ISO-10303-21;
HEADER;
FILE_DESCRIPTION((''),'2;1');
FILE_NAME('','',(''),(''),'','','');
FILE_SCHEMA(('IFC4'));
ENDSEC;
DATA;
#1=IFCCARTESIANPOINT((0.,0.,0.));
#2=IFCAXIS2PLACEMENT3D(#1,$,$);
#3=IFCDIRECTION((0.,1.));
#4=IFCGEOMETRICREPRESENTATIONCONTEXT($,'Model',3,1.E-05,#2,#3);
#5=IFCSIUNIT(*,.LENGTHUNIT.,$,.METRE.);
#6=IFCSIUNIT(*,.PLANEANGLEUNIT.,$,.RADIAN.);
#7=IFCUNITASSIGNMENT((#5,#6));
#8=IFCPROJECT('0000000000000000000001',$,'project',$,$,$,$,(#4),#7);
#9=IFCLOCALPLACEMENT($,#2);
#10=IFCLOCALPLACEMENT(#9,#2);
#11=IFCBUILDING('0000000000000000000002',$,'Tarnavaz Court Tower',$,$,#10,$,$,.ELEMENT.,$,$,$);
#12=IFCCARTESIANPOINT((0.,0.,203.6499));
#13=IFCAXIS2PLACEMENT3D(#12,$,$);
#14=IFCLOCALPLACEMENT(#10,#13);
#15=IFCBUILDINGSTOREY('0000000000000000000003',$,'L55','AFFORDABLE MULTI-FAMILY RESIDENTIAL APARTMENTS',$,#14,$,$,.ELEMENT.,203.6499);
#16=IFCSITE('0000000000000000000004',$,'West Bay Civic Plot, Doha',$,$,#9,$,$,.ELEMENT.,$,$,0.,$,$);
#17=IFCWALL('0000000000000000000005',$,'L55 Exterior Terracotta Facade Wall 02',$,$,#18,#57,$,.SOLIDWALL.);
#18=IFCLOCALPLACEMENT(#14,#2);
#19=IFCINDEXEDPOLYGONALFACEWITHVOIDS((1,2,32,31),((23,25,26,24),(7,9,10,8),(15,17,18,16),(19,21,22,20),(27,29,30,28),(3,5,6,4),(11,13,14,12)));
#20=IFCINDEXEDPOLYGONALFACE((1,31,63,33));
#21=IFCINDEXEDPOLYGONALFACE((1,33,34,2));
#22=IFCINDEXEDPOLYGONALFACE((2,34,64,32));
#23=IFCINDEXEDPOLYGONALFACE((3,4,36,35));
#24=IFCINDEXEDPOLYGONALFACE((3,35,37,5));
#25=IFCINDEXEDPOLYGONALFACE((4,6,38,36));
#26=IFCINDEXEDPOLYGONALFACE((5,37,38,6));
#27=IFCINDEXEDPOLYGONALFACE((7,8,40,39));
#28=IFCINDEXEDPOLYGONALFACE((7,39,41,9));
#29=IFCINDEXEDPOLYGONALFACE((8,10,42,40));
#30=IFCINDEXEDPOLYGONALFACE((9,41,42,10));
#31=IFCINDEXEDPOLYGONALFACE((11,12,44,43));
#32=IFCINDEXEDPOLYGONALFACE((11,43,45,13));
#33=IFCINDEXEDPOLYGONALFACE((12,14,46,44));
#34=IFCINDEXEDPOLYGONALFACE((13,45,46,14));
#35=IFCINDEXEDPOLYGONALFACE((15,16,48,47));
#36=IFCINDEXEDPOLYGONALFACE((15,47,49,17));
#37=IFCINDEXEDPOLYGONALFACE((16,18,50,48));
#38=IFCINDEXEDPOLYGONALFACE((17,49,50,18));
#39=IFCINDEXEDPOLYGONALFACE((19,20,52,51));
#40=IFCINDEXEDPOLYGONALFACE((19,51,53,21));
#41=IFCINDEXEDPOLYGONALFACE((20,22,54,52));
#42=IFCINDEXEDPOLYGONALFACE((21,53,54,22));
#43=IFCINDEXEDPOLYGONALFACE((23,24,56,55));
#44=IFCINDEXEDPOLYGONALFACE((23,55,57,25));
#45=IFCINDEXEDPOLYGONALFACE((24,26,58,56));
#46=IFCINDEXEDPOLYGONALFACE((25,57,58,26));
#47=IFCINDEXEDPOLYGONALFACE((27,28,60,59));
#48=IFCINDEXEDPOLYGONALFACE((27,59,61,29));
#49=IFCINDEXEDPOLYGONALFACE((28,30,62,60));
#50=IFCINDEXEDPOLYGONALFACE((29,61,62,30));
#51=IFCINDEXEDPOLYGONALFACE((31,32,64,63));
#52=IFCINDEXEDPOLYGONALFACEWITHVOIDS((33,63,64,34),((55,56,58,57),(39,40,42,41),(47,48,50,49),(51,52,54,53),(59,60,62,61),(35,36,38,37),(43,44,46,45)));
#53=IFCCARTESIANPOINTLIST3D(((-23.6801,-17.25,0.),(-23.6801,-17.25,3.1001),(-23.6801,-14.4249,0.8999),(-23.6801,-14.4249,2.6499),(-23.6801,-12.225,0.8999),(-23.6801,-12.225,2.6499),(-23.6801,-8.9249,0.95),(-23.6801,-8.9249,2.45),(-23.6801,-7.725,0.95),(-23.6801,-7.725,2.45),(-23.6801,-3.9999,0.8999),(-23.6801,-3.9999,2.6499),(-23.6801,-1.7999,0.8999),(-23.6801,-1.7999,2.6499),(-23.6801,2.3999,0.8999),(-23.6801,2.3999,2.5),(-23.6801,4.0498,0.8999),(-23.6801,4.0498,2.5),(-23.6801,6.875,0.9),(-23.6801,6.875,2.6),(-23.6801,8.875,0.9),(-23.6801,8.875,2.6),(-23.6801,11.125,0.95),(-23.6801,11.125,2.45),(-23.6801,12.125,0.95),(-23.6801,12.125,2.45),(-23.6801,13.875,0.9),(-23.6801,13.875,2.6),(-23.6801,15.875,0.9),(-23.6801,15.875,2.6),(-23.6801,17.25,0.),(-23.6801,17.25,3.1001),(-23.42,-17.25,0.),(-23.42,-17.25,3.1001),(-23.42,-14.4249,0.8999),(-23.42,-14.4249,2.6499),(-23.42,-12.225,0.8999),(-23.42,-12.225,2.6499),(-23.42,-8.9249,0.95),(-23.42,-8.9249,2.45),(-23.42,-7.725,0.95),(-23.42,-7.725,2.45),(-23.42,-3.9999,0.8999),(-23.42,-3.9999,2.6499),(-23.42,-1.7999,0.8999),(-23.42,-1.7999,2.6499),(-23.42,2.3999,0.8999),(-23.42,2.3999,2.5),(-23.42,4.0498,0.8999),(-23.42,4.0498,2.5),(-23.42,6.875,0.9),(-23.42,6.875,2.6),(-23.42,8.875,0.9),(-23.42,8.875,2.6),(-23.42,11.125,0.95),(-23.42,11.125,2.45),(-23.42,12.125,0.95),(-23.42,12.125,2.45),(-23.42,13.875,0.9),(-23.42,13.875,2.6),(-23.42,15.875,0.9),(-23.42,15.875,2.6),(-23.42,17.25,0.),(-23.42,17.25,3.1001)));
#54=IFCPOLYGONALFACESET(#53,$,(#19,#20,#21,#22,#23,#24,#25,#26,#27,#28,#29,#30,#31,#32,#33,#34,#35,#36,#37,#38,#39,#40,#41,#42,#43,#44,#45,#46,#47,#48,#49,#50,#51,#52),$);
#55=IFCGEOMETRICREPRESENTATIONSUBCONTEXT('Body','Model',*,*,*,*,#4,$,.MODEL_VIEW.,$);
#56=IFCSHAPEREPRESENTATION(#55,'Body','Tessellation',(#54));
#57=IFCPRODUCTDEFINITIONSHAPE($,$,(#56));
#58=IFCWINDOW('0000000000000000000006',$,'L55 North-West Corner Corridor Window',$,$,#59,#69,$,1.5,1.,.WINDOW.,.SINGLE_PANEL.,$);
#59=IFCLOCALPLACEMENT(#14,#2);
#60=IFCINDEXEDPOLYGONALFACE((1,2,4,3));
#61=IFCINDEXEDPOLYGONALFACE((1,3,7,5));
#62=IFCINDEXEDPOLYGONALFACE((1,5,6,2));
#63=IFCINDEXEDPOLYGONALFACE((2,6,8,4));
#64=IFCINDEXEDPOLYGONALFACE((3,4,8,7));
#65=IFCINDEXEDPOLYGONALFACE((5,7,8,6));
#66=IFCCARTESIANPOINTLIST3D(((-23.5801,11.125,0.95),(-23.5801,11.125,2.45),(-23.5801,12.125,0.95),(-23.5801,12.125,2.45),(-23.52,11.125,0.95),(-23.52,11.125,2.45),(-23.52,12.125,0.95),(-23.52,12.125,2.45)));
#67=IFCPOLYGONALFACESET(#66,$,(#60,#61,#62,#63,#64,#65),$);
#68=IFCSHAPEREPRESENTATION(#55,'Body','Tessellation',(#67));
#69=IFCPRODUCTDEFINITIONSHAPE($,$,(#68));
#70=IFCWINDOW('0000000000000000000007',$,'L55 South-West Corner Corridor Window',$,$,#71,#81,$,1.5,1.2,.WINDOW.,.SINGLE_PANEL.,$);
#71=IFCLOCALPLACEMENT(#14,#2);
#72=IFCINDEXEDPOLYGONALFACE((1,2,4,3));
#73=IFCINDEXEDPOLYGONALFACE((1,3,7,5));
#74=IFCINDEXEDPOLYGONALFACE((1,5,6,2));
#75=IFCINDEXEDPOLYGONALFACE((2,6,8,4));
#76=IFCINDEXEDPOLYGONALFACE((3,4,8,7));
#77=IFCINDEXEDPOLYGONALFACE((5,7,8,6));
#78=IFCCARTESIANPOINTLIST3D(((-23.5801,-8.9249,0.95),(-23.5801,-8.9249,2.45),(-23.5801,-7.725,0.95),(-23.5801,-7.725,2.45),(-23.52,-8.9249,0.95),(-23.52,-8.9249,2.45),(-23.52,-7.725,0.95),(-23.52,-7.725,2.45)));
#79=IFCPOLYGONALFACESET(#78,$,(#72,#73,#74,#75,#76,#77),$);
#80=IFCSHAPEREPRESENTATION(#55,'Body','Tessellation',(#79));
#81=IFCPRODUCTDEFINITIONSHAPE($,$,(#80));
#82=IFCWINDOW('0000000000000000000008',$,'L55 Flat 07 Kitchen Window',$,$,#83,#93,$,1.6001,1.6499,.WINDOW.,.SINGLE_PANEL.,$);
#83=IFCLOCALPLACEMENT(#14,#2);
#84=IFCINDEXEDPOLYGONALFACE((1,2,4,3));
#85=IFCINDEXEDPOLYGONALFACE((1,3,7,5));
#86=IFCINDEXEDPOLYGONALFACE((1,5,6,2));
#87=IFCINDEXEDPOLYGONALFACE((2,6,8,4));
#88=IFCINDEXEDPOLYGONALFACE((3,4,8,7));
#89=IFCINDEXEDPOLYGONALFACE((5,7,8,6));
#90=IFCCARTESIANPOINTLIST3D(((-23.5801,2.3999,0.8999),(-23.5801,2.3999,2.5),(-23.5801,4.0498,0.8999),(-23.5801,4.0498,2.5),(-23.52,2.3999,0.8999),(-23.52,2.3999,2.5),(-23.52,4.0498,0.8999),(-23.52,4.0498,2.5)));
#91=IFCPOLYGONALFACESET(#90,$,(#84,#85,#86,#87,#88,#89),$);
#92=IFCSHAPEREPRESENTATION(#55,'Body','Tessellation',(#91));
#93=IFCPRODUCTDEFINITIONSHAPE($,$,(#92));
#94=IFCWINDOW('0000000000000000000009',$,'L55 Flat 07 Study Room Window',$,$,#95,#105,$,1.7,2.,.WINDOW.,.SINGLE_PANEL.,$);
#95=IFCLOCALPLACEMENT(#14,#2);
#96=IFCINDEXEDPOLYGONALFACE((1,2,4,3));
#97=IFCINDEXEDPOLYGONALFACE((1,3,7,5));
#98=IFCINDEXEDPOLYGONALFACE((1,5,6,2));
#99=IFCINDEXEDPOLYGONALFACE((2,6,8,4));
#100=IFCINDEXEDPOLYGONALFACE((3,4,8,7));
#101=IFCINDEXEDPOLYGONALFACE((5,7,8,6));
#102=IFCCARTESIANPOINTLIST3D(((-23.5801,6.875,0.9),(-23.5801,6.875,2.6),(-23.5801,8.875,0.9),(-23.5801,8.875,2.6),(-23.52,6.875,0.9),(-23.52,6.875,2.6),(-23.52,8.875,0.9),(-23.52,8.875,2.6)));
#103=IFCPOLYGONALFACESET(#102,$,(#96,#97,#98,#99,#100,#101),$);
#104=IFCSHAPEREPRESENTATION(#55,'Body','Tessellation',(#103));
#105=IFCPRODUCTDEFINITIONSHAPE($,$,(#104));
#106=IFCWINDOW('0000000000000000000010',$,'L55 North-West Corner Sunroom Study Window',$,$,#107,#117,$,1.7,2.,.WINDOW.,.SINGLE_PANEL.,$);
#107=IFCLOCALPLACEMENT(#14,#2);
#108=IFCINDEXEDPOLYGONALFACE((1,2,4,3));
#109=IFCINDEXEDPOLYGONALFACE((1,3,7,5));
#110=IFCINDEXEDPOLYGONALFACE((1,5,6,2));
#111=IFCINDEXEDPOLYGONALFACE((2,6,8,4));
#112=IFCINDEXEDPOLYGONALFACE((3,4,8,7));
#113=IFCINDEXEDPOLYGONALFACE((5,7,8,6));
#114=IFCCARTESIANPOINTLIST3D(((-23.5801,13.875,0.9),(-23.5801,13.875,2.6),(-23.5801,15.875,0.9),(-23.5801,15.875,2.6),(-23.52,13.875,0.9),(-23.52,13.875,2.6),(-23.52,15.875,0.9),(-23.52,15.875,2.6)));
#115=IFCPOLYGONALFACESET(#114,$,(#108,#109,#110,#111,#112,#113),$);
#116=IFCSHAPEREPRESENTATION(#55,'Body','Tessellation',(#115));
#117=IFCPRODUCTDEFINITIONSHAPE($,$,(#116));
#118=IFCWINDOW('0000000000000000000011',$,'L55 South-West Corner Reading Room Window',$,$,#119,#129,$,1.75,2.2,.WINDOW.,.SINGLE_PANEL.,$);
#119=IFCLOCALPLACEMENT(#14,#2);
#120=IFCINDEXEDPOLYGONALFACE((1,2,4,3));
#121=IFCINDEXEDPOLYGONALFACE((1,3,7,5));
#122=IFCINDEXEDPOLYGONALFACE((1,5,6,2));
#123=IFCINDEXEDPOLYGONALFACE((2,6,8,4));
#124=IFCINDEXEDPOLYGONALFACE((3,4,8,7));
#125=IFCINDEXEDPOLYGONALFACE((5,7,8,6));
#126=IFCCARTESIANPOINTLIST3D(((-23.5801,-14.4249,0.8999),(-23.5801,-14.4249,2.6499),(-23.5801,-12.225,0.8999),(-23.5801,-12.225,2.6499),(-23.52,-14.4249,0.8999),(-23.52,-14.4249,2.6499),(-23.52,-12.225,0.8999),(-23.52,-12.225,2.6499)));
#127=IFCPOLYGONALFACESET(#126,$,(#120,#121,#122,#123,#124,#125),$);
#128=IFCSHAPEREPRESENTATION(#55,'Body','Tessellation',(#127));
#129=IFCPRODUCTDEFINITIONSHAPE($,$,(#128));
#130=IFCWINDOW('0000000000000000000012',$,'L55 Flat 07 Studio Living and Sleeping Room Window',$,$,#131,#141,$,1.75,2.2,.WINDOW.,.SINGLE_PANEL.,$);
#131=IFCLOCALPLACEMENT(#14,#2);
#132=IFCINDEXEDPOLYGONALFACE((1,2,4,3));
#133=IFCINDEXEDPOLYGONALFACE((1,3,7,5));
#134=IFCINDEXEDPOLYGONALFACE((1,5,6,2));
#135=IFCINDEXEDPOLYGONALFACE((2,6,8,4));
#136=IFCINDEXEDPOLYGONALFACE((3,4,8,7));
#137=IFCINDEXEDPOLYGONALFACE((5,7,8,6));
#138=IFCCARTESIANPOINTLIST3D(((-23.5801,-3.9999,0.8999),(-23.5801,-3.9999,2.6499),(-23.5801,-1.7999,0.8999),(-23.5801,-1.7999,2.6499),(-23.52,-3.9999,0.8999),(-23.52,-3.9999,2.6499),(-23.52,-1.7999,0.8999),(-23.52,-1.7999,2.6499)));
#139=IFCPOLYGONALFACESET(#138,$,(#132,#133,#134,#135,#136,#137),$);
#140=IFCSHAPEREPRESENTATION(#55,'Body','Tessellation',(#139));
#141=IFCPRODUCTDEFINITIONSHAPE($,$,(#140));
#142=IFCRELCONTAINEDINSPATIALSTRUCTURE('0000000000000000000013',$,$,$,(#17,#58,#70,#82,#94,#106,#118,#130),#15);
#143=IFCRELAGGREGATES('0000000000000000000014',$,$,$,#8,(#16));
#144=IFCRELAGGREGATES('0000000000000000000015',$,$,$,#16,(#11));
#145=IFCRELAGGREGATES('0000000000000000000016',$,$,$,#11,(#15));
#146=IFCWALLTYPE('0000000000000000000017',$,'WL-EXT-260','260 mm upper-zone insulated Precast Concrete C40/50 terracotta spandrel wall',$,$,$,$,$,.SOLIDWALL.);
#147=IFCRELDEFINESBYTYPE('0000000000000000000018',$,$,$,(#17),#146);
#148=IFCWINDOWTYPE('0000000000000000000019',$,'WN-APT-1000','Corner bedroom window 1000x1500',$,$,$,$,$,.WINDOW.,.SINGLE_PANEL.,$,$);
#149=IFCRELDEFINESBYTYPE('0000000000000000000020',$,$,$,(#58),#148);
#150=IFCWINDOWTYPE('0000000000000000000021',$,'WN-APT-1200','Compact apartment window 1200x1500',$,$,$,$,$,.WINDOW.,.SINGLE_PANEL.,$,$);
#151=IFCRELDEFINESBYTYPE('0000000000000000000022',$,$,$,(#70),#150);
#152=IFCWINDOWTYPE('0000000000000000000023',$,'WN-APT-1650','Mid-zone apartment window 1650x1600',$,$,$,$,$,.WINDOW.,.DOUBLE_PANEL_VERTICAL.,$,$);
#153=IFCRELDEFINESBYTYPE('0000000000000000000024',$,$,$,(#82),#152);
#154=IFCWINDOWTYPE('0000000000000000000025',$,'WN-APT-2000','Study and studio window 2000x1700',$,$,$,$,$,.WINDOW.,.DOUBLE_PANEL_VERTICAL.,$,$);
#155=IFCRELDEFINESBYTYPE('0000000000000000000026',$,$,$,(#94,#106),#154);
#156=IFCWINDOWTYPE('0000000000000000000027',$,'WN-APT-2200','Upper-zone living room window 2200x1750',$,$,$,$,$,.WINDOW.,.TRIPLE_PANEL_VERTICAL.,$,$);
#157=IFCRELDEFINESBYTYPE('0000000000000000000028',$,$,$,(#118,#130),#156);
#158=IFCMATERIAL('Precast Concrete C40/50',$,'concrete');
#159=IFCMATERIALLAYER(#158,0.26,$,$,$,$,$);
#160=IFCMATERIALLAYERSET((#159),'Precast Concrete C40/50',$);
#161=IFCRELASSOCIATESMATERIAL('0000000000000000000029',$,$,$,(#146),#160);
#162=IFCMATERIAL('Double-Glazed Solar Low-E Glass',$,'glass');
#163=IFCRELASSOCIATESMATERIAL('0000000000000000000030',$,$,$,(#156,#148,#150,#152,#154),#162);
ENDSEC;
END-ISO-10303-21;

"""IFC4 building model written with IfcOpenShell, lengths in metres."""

from ifc_helpers import new_model, si_unit, direction, frame, frame_2d, origin, place, context, subcontext, project, spatial, rectangle, extrude, material, layer, layer_set, type_object, element, fill, save


model = new_model("IFC4")

# Units and contexts
model_context = context("Model", 3, precision=1e-05, world=origin(), true_north=direction((0.0, 1.0)))
body_context = subcontext(model_context, "Body", "Model", "MODEL_VIEW")
ifc_project = project(units=[si_unit("LENGTHUNIT", "METRE"), si_unit("PLANEANGLEUNIT", "RADIAN")], contexts=[model_context])

# Site, building, storey
site_placement = place(None, origin())
site = spatial("IfcSite", under=ifc_project, at=site_placement, Name="West Bay Civic Plot, Doha", CompositionType="ELEMENT", RefElevation=0.0)
building_placement = place(site_placement, origin())
building = spatial("IfcBuilding", under=site, at=building_placement, Name="Tarnavaz Court Tower", CompositionType="ELEMENT")
storey_placement = place(building_placement, frame((0.0, 0.0, 203.6499)))
storey = spatial("IfcBuildingStorey", under=building, at=storey_placement, Name="L55", Description="AFFORDABLE MULTI-FAMILY RESIDENTIAL APARTMENTS", CompositionType="ELEMENT", Elevation=203.6499)

# Shared definitions
ifc_material_1 = material(Name="Precast Concrete C40/50", Category="concrete")
ifc_layer_1 = layer(ifc_material_1, 0.26)
ifc_layer_set_1 = layer_set([ifc_layer_1], Name="Precast Concrete C40/50")
wall_type_1 = type_object("IfcWallType", Name="WL-EXT-260", Description="260 mm upper-zone insulated Precast Concrete C40/50 terracotta spandrel wall", PredefinedType="SOLIDWALL", material=ifc_layer_set_1)
ifc_material_2 = material(Name="Double-Glazed Solar Low-E Glass", Category="glass")
window_type_1 = type_object("IfcWindowType", Name="WN-APT-2200", Description="Upper-zone living room window 2200x1750", PartitioningType="TRIPLE_PANEL_VERTICAL", PredefinedType="WINDOW", material=ifc_material_2)

# Wall, openings, windows
wall_1_placement = place(storey_placement, frame((-23.55, -17.25, 0.0), z_axis=(0.0, 0.0, 1.0), x_axis=(0.0, 1.0, 0.0)))
wall_1 = element("IfcWall", 1, at=wall_1_placement, inside=storey, type_object=wall_type_1, Name="L55 Exterior Terracotta Facade Wall 02", PredefinedType="SOLIDWALL", context=body_context, shape_type="SweptSolid", body=[
    extrude(rectangle(XDim=34.5, YDim=0.26, at=frame_2d((17.25, 0.0))), origin(), (0.0, 0.0, 1.0), 3.1001),
])
opening_1_placement = place(wall_1_placement, frame((2.825, 0.0, 0.8999)))
opening_1 = element("IfcOpeningElement", 2, at=opening_1_placement, cuts=wall_1, PredefinedType="OPENING", context=body_context, shape_type="SweptSolid", body=[
    extrude(rectangle(XDim=2.2, YDim=1.75, at=frame_2d((1.1001, 0.875))), frame((0.0, 0.1399, 0.0), z_axis=(0.0, -1.0, 0.0), x_axis=(1.0, 0.0, 0.0)), (0.0, 0.0, 1.0), 0.28),
])
opening_2_placement = place(wall_1_placement, frame((8.325, 0.0, 0.95)))
opening_2 = element("IfcOpeningElement", 3, at=opening_2_placement, cuts=wall_1, PredefinedType="OPENING", context=body_context, shape_type="SweptSolid", body=[
    extrude(rectangle(XDim=1.2, YDim=1.5, at=frame_2d((0.6001, 0.75))), frame((0.0, 0.1399, 0.0), z_axis=(0.0, -1.0, 0.0), x_axis=(1.0, 0.0, 0.0)), (0.0, 0.0, 1.0), 0.28),
])
opening_3_placement = place(wall_1_placement, frame((13.25, 0.0, 0.8999)))
opening_3 = element("IfcOpeningElement", 4, at=opening_3_placement, cuts=wall_1, PredefinedType="OPENING", context=body_context, shape_type="SweptSolid", body=[
    extrude(rectangle(XDim=2.2, YDim=1.75, at=frame_2d((1.1001, 0.875))), frame((0.0, 0.1399, 0.0), z_axis=(0.0, -1.0, 0.0), x_axis=(1.0, 0.0, 0.0)), (0.0, 0.0, 1.0), 0.28),
])
opening_4_placement = place(wall_1_placement, frame((19.6499, 0.0, 0.8999)))
opening_4 = element("IfcOpeningElement", 5, at=opening_4_placement, cuts=wall_1, PredefinedType="OPENING", context=body_context, shape_type="SweptSolid", body=[
    extrude(rectangle(XDim=1.6499, YDim=1.6001, at=frame_2d((0.825, 0.8))), frame((0.0, 0.1399, 0.0), z_axis=(0.0, -1.0, 0.0), x_axis=(1.0, 0.0, 0.0)), (0.0, 0.0, 1.0), 0.28),
])
opening_5_placement = place(wall_1_placement, frame((24.125, 0.0, 0.8999)))
opening_5 = element("IfcOpeningElement", 6, at=opening_5_placement, cuts=wall_1, PredefinedType="OPENING", context=body_context, shape_type="SweptSolid", body=[
    extrude(rectangle(XDim=2.0, YDim=1.7, at=frame_2d((1.0, 0.8501))), frame((0.0, 0.1399, 0.0), z_axis=(0.0, -1.0, 0.0), x_axis=(1.0, 0.0, 0.0)), (0.0, 0.0, 1.0), 0.28),
])
opening_6_placement = place(wall_1_placement, frame((28.375, 0.0, 0.95)))
opening_6 = element("IfcOpeningElement", 7, at=opening_6_placement, cuts=wall_1, PredefinedType="OPENING", context=body_context, shape_type="SweptSolid", body=[
    extrude(rectangle(XDim=1.0, YDim=1.5, at=frame_2d((0.5, 0.75))), frame((0.0, 0.1399, 0.0), z_axis=(0.0, -1.0, 0.0), x_axis=(1.0, 0.0, 0.0)), (0.0, 0.0, 1.0), 0.28),
])
opening_7_placement = place(wall_1_placement, frame((31.125, 0.0, 0.8999)))
opening_7 = element("IfcOpeningElement", 8, at=opening_7_placement, cuts=wall_1, PredefinedType="OPENING", context=body_context, shape_type="SweptSolid", body=[
    extrude(rectangle(XDim=2.0, YDim=1.7, at=frame_2d((1.0, 0.8501))), frame((0.0, 0.1399, 0.0), z_axis=(0.0, -1.0, 0.0), x_axis=(1.0, 0.0, 0.0)), (0.0, 0.0, 1.0), 0.28),
])
window_type_2 = type_object("IfcWindowType", Name="WN-APT-1000", Description="Corner bedroom window 1000x1500", PartitioningType="SINGLE_PANEL", PredefinedType="WINDOW", material=ifc_material_2)
window_1_placement = place(opening_6_placement, origin())
window_1 = element("IfcWindow", 9, at=window_1_placement, inside=storey, type_object=window_type_2, Name="L55 North-West Corner Corridor Window", OverallHeight=1.5, OverallWidth=1.0, PartitioningType="SINGLE_PANEL", PredefinedType="WINDOW", context=body_context, shape_type="SweptSolid", body=[
    extrude(rectangle(XDim=1.0, YDim=1.5, at=frame_2d((0.5, 0.75))), frame((0.0, 0.03, 0.0), z_axis=(0.0, -1.0, 0.0), x_axis=(1.0, 0.0, 0.0)), (0.0, 0.0, 1.0), 0.0601),
])
fill(opening_6, window_1)
window_type_3 = type_object("IfcWindowType", Name="WN-APT-1200", Description="Compact apartment window 1200x1500", PartitioningType="SINGLE_PANEL", PredefinedType="WINDOW", material=ifc_material_2)
window_2_placement = place(opening_2_placement, origin())
window_2 = element("IfcWindow", 10, at=window_2_placement, inside=storey, type_object=window_type_3, Name="L55 South-West Corner Corridor Window", OverallHeight=1.5, OverallWidth=1.2, PartitioningType="SINGLE_PANEL", PredefinedType="WINDOW", context=body_context, shape_type="SweptSolid", body=[
    extrude(rectangle(XDim=1.2, YDim=1.5, at=frame_2d((0.6001, 0.75))), frame((0.0, 0.03, 0.0), z_axis=(0.0, -1.0, 0.0), x_axis=(1.0, 0.0, 0.0)), (0.0, 0.0, 1.0), 0.0601),
])
fill(opening_2, window_2)
window_type_4 = type_object("IfcWindowType", Name="WN-APT-1650", Description="Mid-zone apartment window 1650x1600", PartitioningType="DOUBLE_PANEL_VERTICAL", PredefinedType="WINDOW", material=ifc_material_2)
window_3_placement = place(opening_4_placement, origin())
window_3 = element("IfcWindow", 11, at=window_3_placement, inside=storey, type_object=window_type_4, Name="L55 Flat 07 Kitchen Window", OverallHeight=1.6001, OverallWidth=1.6499, PartitioningType="SINGLE_PANEL", PredefinedType="WINDOW", context=body_context, shape_type="SweptSolid", body=[
    extrude(rectangle(XDim=1.6499, YDim=1.6001, at=frame_2d((0.825, 0.8))), frame((0.0, 0.03, 0.0), z_axis=(0.0, -1.0, 0.0), x_axis=(1.0, 0.0, 0.0)), (0.0, 0.0, 1.0), 0.0601),
])
fill(opening_4, window_3)
window_type_5 = type_object("IfcWindowType", Name="WN-APT-2000", Description="Study and studio window 2000x1700", PartitioningType="DOUBLE_PANEL_VERTICAL", PredefinedType="WINDOW", material=ifc_material_2)
window_4_placement = place(opening_5_placement, origin())
window_4 = element("IfcWindow", 12, at=window_4_placement, inside=storey, type_object=window_type_5, Name="L55 Flat 07 Study Room Window", OverallHeight=1.7, OverallWidth=2.0, PartitioningType="SINGLE_PANEL", PredefinedType="WINDOW", context=body_context, shape_type="SweptSolid", body=[
    extrude(rectangle(XDim=2.0, YDim=1.7, at=frame_2d((1.0, 0.8501))), frame((0.0, 0.03, 0.0), z_axis=(0.0, -1.0, 0.0), x_axis=(1.0, 0.0, 0.0)), (0.0, 0.0, 1.0), 0.0601),
])
fill(opening_5, window_4)
window_5_placement = place(opening_7_placement, origin())
window_5 = element("IfcWindow", 13, at=window_5_placement, inside=storey, type_object=window_type_5, Name="L55 North-West Corner Sunroom Study Window", OverallHeight=1.7, OverallWidth=2.0, PartitioningType="SINGLE_PANEL", PredefinedType="WINDOW", context=body_context, shape_type="SweptSolid", body=[
    extrude(rectangle(XDim=2.0, YDim=1.7, at=frame_2d((1.0, 0.8501))), frame((0.0, 0.03, 0.0), z_axis=(0.0, -1.0, 0.0), x_axis=(1.0, 0.0, 0.0)), (0.0, 0.0, 1.0), 0.0601),
])
fill(opening_7, window_5)
window_6_placement = place(opening_1_placement, origin())
window_6 = element("IfcWindow", 14, at=window_6_placement, inside=storey, type_object=window_type_1, Name="L55 South-West Corner Reading Room Window", OverallHeight=1.75, OverallWidth=2.2, PartitioningType="SINGLE_PANEL", PredefinedType="WINDOW", context=body_context, shape_type="SweptSolid", body=[
    extrude(rectangle(XDim=2.2, YDim=1.75, at=frame_2d((1.1001, 0.875))), frame((0.0, 0.03, 0.0), z_axis=(0.0, -1.0, 0.0), x_axis=(1.0, 0.0, 0.0)), (0.0, 0.0, 1.0), 0.0601),
])
fill(opening_1, window_6)
window_7_placement = place(opening_3_placement, origin())
window_7 = element("IfcWindow", 15, at=window_7_placement, inside=storey, type_object=window_type_1, Name="L55 Flat 07 Studio Living and Sleeping Room Window", OverallHeight=1.75, OverallWidth=2.2, PartitioningType="SINGLE_PANEL", PredefinedType="WINDOW", context=body_context, shape_type="SweptSolid", body=[
    extrude(rectangle(XDim=2.2, YDim=1.75, at=frame_2d((1.1001, 0.875))), frame((0.0, 0.03, 0.0), z_axis=(0.0, -1.0, 0.0), x_axis=(1.0, 0.0, 0.0)), (0.0, 0.0, 1.0), 0.0601),
])
fill(opening_3, window_7)

save(model, "model.ifc")
